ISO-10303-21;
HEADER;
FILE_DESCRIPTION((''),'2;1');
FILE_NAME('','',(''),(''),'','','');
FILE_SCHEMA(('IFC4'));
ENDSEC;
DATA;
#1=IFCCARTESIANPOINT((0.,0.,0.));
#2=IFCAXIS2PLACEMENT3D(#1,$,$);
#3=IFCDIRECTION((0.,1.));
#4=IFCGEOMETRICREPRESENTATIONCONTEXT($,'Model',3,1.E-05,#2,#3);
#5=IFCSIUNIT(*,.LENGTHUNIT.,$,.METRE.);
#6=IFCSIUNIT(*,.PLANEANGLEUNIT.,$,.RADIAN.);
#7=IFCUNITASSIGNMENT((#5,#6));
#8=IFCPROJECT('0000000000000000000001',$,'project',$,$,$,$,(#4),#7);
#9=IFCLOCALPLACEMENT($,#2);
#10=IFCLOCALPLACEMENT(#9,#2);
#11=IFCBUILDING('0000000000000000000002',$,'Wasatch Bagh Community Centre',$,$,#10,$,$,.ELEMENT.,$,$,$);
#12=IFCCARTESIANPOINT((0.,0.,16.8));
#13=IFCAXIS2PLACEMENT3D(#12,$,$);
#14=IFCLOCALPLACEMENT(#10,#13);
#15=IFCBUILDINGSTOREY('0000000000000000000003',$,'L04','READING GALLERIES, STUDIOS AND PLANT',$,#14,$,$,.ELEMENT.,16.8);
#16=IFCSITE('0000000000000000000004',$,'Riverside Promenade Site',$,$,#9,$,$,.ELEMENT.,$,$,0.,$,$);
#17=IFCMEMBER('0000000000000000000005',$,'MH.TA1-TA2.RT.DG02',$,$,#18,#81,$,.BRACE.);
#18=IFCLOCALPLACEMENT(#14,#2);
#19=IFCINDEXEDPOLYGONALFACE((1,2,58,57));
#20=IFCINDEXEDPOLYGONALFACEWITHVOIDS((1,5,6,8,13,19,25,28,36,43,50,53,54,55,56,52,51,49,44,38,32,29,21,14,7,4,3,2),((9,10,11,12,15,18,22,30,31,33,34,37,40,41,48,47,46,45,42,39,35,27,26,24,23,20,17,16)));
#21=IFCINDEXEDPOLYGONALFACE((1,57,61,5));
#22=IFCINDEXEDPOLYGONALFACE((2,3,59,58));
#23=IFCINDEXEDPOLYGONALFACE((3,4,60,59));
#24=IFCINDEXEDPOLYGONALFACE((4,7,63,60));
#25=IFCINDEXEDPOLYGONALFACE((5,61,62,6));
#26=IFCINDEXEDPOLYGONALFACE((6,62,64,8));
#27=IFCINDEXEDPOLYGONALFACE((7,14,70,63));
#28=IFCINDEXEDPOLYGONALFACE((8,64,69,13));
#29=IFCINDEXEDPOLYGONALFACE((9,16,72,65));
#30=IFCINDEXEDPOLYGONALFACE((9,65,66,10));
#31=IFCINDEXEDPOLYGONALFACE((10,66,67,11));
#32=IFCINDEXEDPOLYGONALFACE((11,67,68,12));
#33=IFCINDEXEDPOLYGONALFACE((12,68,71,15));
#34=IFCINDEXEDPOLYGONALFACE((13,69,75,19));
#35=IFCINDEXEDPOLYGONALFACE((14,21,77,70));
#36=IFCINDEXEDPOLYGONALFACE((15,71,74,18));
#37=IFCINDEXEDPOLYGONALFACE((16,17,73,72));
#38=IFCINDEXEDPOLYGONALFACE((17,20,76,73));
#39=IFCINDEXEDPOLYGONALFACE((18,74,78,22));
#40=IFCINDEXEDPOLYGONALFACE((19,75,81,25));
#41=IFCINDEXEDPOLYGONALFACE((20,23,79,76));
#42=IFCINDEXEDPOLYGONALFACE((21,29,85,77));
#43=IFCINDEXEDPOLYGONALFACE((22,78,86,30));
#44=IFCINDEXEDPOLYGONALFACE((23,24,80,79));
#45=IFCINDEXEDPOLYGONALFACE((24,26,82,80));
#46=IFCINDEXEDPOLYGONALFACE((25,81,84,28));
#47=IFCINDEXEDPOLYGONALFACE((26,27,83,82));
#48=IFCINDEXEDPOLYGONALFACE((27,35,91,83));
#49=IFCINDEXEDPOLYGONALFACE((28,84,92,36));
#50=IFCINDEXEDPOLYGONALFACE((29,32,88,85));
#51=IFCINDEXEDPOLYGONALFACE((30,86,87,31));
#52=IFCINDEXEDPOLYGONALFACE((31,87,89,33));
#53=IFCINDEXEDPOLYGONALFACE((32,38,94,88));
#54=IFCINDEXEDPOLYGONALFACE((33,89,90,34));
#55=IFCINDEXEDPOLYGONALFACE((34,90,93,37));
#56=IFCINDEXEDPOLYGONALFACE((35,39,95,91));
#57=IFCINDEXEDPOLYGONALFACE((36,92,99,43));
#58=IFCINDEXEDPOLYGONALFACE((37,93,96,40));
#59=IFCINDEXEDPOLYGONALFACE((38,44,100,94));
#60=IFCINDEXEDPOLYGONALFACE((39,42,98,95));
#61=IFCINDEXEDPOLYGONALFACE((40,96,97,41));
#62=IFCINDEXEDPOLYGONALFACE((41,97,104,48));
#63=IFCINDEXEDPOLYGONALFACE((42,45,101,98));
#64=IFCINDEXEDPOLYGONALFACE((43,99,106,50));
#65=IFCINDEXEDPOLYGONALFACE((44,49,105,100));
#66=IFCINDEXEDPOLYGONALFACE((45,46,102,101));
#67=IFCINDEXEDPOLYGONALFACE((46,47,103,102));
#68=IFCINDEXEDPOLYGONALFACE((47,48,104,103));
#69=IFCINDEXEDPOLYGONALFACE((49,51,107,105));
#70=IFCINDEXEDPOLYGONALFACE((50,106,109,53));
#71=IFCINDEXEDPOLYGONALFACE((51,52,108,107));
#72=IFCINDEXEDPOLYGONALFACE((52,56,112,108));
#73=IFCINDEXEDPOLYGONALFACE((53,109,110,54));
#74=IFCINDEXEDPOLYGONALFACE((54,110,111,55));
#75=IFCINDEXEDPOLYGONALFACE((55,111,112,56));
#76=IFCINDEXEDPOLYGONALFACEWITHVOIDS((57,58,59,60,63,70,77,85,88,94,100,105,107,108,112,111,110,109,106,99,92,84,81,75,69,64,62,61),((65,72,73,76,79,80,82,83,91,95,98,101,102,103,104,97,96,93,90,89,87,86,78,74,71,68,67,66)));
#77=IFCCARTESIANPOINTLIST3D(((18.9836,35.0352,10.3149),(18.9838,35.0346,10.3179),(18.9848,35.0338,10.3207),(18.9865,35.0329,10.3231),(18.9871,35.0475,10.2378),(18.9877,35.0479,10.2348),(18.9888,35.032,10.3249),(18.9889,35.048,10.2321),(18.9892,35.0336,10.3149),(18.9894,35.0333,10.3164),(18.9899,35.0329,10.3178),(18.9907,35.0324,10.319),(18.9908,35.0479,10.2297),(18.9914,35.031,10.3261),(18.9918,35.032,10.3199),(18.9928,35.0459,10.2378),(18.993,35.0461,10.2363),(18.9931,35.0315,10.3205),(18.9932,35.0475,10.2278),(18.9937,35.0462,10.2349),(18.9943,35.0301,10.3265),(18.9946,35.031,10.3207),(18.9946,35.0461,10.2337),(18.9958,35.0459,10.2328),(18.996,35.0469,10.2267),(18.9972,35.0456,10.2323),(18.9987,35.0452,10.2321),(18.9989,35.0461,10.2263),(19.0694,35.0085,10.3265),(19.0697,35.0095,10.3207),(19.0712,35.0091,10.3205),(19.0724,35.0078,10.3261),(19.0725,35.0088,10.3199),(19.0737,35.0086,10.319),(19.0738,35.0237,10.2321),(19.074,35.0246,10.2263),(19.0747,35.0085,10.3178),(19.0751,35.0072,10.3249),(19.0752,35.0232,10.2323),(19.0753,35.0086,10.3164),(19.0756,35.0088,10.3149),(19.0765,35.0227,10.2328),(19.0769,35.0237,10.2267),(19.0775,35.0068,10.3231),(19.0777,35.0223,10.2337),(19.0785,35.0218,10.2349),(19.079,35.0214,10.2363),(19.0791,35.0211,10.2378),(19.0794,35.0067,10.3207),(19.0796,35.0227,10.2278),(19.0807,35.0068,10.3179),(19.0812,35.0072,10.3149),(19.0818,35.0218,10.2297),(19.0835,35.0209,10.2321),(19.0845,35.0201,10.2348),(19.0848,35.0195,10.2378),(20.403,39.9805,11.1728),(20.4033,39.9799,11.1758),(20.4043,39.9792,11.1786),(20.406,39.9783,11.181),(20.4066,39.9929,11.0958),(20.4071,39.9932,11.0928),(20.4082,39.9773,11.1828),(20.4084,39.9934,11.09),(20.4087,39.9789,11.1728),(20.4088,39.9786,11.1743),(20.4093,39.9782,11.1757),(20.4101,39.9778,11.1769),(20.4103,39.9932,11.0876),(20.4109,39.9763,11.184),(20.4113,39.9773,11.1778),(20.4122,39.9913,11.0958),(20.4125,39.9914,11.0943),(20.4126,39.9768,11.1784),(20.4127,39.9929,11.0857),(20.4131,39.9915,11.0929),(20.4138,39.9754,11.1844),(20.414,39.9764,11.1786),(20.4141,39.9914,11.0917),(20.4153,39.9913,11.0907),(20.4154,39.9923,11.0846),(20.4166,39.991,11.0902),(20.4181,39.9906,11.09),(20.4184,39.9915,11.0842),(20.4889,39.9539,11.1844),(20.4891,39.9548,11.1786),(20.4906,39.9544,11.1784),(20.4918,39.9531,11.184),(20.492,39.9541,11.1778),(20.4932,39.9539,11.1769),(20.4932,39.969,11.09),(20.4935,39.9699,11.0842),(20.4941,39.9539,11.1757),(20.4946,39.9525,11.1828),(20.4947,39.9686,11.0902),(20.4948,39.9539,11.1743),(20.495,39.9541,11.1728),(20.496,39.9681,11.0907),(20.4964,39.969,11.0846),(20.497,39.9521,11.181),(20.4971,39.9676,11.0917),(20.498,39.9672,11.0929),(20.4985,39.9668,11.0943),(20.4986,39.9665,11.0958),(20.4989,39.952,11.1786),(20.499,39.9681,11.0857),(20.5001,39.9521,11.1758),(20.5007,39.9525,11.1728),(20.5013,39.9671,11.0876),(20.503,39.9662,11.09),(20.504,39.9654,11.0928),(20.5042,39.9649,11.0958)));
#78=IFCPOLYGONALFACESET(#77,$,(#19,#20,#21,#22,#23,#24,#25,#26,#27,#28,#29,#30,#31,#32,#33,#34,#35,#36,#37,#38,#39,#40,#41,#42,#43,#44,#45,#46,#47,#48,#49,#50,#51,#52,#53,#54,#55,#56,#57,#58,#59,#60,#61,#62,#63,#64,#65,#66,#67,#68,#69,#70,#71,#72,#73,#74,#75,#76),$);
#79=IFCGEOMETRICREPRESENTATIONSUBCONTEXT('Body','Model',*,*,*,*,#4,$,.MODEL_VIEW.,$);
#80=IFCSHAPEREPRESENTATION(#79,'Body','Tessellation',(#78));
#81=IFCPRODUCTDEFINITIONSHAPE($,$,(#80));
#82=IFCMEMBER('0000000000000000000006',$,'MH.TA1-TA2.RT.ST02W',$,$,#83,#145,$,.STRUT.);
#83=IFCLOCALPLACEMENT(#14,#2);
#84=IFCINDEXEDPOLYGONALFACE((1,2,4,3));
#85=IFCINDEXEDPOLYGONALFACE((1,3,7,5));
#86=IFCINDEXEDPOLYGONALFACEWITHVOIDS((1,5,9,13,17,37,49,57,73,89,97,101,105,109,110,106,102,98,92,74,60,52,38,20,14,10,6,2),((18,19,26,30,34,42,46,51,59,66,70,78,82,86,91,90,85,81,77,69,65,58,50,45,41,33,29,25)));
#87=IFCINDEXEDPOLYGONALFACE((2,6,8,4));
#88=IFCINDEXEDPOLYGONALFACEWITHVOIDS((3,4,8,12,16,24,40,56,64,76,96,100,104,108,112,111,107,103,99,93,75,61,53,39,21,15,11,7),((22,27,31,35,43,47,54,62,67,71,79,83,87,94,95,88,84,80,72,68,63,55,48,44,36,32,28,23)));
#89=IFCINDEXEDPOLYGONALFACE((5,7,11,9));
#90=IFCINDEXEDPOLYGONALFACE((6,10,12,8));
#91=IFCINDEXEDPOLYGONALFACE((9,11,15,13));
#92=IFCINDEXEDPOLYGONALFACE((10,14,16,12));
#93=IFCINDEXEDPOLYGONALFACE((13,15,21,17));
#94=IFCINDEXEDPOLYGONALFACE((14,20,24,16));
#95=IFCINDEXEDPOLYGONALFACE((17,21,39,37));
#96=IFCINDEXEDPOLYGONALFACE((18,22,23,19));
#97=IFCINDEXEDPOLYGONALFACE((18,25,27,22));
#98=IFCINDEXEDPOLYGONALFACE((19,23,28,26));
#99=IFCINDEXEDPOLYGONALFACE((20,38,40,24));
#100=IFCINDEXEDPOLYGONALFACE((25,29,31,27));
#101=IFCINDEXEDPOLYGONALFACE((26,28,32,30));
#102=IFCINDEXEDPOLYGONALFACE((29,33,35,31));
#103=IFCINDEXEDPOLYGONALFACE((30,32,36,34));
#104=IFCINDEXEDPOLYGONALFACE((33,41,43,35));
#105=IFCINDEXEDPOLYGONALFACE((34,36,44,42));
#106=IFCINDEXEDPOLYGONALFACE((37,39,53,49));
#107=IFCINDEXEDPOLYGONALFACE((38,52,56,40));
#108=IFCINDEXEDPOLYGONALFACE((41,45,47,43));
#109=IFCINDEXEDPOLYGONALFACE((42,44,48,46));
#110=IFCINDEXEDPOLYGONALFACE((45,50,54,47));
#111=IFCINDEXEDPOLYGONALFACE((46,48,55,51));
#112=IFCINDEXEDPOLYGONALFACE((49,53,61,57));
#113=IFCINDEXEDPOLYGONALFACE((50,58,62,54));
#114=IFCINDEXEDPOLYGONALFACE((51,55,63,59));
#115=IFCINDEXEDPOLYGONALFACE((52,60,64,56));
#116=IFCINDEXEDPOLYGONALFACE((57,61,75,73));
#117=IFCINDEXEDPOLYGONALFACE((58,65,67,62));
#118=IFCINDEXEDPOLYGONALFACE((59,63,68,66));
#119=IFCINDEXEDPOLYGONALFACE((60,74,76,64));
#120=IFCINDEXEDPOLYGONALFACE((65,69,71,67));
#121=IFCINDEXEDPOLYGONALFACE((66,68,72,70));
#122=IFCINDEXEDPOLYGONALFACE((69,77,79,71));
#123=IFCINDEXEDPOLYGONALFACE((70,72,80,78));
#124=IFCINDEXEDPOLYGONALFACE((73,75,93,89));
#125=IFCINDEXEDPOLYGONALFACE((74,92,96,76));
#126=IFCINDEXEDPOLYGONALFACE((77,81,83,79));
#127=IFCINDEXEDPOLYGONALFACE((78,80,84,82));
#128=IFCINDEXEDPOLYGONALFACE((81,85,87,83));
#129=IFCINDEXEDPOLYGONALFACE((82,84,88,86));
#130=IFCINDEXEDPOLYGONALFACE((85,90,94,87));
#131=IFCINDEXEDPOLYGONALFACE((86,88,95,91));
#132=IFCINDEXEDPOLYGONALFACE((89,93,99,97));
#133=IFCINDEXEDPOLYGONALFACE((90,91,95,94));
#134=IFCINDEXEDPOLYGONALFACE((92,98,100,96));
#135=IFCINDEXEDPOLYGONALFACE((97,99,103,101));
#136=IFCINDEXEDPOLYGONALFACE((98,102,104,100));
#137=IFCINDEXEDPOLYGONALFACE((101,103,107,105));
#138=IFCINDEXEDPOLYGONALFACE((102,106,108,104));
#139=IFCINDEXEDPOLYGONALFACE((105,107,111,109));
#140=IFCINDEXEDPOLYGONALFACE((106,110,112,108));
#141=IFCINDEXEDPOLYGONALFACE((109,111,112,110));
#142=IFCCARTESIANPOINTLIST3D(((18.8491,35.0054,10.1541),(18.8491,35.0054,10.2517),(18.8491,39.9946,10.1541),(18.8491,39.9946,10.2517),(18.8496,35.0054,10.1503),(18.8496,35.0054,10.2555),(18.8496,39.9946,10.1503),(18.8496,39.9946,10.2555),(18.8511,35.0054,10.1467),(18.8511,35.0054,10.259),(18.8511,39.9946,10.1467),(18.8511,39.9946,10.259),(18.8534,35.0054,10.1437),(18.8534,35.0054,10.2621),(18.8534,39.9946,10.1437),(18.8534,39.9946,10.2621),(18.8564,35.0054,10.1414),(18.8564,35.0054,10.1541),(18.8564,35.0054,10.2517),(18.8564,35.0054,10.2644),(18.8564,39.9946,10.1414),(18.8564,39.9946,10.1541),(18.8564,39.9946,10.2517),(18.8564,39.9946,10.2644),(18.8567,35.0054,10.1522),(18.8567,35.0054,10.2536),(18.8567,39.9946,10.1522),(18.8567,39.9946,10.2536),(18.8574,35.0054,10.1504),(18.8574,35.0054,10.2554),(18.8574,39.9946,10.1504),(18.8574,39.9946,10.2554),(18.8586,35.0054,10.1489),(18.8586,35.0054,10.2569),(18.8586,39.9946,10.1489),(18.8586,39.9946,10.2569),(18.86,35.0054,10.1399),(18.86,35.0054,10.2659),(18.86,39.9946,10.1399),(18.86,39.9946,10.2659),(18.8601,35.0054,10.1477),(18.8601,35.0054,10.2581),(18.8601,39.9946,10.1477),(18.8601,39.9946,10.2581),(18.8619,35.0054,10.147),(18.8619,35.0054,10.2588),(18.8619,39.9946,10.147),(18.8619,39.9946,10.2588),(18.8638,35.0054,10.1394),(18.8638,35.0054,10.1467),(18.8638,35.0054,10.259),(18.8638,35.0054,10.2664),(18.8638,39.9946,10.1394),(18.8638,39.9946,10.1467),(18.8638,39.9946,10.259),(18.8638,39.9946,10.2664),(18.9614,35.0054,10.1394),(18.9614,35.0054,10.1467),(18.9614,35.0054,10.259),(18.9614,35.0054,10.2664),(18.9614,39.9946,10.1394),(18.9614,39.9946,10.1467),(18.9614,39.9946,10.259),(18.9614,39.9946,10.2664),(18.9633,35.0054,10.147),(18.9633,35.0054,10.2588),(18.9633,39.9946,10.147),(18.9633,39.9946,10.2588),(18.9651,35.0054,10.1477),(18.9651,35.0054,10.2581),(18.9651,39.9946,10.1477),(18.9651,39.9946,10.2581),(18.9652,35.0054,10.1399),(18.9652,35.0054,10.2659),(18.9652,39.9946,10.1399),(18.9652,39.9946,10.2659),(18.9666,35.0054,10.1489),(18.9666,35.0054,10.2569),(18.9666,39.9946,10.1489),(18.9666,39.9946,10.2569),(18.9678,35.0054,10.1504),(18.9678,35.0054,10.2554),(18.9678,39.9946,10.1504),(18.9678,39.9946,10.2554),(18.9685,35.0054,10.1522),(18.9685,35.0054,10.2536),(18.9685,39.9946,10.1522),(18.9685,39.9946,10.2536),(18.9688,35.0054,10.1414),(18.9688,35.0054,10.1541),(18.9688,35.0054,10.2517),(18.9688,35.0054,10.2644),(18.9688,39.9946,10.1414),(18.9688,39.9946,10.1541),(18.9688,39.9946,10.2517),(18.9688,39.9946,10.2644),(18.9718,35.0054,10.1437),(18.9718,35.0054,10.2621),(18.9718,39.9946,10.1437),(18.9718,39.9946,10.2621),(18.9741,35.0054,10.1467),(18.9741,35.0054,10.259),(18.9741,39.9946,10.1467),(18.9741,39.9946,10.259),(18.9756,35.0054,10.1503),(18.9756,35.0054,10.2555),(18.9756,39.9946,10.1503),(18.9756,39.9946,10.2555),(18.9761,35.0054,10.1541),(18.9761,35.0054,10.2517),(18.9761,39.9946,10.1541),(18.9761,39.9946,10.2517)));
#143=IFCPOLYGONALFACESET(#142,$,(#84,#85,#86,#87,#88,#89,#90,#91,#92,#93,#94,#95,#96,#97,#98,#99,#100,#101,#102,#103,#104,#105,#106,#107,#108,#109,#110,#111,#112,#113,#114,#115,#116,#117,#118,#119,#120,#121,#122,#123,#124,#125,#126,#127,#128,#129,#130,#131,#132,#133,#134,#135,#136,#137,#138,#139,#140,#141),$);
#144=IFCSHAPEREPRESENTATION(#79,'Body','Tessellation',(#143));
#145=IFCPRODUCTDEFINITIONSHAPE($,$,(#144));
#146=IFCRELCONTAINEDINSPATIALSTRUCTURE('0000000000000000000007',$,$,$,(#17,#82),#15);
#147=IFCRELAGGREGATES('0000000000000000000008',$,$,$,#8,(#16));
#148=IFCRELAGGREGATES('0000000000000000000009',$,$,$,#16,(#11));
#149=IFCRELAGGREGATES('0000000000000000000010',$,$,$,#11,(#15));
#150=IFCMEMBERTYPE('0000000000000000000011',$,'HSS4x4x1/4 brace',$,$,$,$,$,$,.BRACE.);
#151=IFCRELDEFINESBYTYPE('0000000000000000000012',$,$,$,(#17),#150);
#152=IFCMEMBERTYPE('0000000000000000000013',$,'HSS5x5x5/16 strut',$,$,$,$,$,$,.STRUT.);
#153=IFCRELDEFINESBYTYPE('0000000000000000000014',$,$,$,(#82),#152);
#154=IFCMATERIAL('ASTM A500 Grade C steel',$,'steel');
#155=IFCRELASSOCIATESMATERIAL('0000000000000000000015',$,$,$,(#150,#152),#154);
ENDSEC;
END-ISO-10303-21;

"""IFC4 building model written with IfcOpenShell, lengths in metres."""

from ifc_helpers import new_model, si_unit, direction, frame, origin, origin_2d, place, context, subcontext, project, spatial, hollow_rectangle, extrude, material, material_profile, profile_set, type_object, element, save


model = new_model("IFC4")

# Units and contexts
model_context = context("Model", 3, precision=1e-05, world=origin(), true_north=direction((0.0, 1.0)))
body_context = subcontext(model_context, "Body", "Model", "MODEL_VIEW")
ifc_project = project(units=[si_unit("LENGTHUNIT", "METRE"), si_unit("PLANEANGLEUNIT", "RADIAN")], contexts=[model_context])

# Site, building, storey
site_placement = place(None, origin())
site = spatial("IfcSite", under=ifc_project, at=site_placement, Name="Riverside Promenade Site", CompositionType="ELEMENT", RefElevation=0.0)
building_placement = place(site_placement, origin())
building = spatial("IfcBuilding", under=site, at=building_placement, Name="Wasatch Bagh Community Centre", CompositionType="ELEMENT")
storey_placement = place(building_placement, frame((0.0, 0.0, 16.8)))
storey = spatial("IfcBuildingStorey", under=building, at=storey_placement, Name="L04", Description="READING GALLERIES, STUDIOS AND PLANT", CompositionType="ELEMENT", Elevation=16.8)

# Members
ifc_material_1 = material(Name="ASTM A500 Grade C steel", Category="steel")
ifc_material_profile_1 = material_profile(ifc_material_1, hollow_rectangle(XDim=0.1016, YDim=0.1016, WallThickness=0.0059, InnerFilletRadius=0.0059, OuterFilletRadius=0.0117, at=origin_2d()), Name="HSS4x4x1/4")
ifc_profile_set_1 = profile_set([ifc_material_profile_1], Name="ASTM A500 Grade C steel")
member_type_1 = type_object("IfcMemberType", Name="HSS4x4x1/4 brace", PredefinedType="BRACE", material=ifc_profile_set_1)
member_1_placement = place(storey_placement, frame((19.0342, 35.0273, 10.2764), z_axis=(0.272129, 0.9481, 0.164476), x_axis=(-0.96119, 0.275887, 0.0)))
element("IfcMember", 1, at=member_1_placement, inside=storey, type_object=member_type_1, Name="MH.TA1-TA2.RT.DG02", PredefinedType="BRACE", context=body_context, shape_type="SweptSolid", body=[
    extrude(hollow_rectangle(XDim=0.1016, YDim=0.1016, WallThickness=0.0059, InnerFilletRadius=0.0059, OuterFilletRadius=0.0117, at=origin_2d()), origin(), (0.0, 0.0, 1.0), 5.2161),
])
ifc_material_profile_2 = material_profile(ifc_material_1, hollow_rectangle(XDim=0.127, YDim=0.127, WallThickness=0.0073, InnerFilletRadius=0.0073, OuterFilletRadius=0.0146, at=origin_2d()), Name="HSS5x5x5/16")
ifc_profile_set_2 = profile_set([ifc_material_profile_2], Name="ASTM A500 Grade C steel")
member_type_2 = type_object("IfcMemberType", Name="HSS5x5x5/16 strut", PredefinedType="STRUT", material=ifc_profile_set_2)
member_2_placement = place(storey_placement, frame((18.9126, 35.0054, 10.2029), z_axis=(0.0, 1.0, 0.0), x_axis=(-1.0, 0.0, 0.0)))
element("IfcMember", 2, at=member_2_placement, inside=storey, type_object=member_type_2, Name="MH.TA1-TA2.RT.ST02W", PredefinedType="STRUT", context=body_context, shape_type="SweptSolid", body=[
    extrude(hollow_rectangle(XDim=0.127, YDim=0.127, WallThickness=0.0073, InnerFilletRadius=0.0073, OuterFilletRadius=0.0146, at=origin_2d()), origin(), (0.0, 0.0, 1.0), 4.9893),
])

save(model, "model.ifc")
